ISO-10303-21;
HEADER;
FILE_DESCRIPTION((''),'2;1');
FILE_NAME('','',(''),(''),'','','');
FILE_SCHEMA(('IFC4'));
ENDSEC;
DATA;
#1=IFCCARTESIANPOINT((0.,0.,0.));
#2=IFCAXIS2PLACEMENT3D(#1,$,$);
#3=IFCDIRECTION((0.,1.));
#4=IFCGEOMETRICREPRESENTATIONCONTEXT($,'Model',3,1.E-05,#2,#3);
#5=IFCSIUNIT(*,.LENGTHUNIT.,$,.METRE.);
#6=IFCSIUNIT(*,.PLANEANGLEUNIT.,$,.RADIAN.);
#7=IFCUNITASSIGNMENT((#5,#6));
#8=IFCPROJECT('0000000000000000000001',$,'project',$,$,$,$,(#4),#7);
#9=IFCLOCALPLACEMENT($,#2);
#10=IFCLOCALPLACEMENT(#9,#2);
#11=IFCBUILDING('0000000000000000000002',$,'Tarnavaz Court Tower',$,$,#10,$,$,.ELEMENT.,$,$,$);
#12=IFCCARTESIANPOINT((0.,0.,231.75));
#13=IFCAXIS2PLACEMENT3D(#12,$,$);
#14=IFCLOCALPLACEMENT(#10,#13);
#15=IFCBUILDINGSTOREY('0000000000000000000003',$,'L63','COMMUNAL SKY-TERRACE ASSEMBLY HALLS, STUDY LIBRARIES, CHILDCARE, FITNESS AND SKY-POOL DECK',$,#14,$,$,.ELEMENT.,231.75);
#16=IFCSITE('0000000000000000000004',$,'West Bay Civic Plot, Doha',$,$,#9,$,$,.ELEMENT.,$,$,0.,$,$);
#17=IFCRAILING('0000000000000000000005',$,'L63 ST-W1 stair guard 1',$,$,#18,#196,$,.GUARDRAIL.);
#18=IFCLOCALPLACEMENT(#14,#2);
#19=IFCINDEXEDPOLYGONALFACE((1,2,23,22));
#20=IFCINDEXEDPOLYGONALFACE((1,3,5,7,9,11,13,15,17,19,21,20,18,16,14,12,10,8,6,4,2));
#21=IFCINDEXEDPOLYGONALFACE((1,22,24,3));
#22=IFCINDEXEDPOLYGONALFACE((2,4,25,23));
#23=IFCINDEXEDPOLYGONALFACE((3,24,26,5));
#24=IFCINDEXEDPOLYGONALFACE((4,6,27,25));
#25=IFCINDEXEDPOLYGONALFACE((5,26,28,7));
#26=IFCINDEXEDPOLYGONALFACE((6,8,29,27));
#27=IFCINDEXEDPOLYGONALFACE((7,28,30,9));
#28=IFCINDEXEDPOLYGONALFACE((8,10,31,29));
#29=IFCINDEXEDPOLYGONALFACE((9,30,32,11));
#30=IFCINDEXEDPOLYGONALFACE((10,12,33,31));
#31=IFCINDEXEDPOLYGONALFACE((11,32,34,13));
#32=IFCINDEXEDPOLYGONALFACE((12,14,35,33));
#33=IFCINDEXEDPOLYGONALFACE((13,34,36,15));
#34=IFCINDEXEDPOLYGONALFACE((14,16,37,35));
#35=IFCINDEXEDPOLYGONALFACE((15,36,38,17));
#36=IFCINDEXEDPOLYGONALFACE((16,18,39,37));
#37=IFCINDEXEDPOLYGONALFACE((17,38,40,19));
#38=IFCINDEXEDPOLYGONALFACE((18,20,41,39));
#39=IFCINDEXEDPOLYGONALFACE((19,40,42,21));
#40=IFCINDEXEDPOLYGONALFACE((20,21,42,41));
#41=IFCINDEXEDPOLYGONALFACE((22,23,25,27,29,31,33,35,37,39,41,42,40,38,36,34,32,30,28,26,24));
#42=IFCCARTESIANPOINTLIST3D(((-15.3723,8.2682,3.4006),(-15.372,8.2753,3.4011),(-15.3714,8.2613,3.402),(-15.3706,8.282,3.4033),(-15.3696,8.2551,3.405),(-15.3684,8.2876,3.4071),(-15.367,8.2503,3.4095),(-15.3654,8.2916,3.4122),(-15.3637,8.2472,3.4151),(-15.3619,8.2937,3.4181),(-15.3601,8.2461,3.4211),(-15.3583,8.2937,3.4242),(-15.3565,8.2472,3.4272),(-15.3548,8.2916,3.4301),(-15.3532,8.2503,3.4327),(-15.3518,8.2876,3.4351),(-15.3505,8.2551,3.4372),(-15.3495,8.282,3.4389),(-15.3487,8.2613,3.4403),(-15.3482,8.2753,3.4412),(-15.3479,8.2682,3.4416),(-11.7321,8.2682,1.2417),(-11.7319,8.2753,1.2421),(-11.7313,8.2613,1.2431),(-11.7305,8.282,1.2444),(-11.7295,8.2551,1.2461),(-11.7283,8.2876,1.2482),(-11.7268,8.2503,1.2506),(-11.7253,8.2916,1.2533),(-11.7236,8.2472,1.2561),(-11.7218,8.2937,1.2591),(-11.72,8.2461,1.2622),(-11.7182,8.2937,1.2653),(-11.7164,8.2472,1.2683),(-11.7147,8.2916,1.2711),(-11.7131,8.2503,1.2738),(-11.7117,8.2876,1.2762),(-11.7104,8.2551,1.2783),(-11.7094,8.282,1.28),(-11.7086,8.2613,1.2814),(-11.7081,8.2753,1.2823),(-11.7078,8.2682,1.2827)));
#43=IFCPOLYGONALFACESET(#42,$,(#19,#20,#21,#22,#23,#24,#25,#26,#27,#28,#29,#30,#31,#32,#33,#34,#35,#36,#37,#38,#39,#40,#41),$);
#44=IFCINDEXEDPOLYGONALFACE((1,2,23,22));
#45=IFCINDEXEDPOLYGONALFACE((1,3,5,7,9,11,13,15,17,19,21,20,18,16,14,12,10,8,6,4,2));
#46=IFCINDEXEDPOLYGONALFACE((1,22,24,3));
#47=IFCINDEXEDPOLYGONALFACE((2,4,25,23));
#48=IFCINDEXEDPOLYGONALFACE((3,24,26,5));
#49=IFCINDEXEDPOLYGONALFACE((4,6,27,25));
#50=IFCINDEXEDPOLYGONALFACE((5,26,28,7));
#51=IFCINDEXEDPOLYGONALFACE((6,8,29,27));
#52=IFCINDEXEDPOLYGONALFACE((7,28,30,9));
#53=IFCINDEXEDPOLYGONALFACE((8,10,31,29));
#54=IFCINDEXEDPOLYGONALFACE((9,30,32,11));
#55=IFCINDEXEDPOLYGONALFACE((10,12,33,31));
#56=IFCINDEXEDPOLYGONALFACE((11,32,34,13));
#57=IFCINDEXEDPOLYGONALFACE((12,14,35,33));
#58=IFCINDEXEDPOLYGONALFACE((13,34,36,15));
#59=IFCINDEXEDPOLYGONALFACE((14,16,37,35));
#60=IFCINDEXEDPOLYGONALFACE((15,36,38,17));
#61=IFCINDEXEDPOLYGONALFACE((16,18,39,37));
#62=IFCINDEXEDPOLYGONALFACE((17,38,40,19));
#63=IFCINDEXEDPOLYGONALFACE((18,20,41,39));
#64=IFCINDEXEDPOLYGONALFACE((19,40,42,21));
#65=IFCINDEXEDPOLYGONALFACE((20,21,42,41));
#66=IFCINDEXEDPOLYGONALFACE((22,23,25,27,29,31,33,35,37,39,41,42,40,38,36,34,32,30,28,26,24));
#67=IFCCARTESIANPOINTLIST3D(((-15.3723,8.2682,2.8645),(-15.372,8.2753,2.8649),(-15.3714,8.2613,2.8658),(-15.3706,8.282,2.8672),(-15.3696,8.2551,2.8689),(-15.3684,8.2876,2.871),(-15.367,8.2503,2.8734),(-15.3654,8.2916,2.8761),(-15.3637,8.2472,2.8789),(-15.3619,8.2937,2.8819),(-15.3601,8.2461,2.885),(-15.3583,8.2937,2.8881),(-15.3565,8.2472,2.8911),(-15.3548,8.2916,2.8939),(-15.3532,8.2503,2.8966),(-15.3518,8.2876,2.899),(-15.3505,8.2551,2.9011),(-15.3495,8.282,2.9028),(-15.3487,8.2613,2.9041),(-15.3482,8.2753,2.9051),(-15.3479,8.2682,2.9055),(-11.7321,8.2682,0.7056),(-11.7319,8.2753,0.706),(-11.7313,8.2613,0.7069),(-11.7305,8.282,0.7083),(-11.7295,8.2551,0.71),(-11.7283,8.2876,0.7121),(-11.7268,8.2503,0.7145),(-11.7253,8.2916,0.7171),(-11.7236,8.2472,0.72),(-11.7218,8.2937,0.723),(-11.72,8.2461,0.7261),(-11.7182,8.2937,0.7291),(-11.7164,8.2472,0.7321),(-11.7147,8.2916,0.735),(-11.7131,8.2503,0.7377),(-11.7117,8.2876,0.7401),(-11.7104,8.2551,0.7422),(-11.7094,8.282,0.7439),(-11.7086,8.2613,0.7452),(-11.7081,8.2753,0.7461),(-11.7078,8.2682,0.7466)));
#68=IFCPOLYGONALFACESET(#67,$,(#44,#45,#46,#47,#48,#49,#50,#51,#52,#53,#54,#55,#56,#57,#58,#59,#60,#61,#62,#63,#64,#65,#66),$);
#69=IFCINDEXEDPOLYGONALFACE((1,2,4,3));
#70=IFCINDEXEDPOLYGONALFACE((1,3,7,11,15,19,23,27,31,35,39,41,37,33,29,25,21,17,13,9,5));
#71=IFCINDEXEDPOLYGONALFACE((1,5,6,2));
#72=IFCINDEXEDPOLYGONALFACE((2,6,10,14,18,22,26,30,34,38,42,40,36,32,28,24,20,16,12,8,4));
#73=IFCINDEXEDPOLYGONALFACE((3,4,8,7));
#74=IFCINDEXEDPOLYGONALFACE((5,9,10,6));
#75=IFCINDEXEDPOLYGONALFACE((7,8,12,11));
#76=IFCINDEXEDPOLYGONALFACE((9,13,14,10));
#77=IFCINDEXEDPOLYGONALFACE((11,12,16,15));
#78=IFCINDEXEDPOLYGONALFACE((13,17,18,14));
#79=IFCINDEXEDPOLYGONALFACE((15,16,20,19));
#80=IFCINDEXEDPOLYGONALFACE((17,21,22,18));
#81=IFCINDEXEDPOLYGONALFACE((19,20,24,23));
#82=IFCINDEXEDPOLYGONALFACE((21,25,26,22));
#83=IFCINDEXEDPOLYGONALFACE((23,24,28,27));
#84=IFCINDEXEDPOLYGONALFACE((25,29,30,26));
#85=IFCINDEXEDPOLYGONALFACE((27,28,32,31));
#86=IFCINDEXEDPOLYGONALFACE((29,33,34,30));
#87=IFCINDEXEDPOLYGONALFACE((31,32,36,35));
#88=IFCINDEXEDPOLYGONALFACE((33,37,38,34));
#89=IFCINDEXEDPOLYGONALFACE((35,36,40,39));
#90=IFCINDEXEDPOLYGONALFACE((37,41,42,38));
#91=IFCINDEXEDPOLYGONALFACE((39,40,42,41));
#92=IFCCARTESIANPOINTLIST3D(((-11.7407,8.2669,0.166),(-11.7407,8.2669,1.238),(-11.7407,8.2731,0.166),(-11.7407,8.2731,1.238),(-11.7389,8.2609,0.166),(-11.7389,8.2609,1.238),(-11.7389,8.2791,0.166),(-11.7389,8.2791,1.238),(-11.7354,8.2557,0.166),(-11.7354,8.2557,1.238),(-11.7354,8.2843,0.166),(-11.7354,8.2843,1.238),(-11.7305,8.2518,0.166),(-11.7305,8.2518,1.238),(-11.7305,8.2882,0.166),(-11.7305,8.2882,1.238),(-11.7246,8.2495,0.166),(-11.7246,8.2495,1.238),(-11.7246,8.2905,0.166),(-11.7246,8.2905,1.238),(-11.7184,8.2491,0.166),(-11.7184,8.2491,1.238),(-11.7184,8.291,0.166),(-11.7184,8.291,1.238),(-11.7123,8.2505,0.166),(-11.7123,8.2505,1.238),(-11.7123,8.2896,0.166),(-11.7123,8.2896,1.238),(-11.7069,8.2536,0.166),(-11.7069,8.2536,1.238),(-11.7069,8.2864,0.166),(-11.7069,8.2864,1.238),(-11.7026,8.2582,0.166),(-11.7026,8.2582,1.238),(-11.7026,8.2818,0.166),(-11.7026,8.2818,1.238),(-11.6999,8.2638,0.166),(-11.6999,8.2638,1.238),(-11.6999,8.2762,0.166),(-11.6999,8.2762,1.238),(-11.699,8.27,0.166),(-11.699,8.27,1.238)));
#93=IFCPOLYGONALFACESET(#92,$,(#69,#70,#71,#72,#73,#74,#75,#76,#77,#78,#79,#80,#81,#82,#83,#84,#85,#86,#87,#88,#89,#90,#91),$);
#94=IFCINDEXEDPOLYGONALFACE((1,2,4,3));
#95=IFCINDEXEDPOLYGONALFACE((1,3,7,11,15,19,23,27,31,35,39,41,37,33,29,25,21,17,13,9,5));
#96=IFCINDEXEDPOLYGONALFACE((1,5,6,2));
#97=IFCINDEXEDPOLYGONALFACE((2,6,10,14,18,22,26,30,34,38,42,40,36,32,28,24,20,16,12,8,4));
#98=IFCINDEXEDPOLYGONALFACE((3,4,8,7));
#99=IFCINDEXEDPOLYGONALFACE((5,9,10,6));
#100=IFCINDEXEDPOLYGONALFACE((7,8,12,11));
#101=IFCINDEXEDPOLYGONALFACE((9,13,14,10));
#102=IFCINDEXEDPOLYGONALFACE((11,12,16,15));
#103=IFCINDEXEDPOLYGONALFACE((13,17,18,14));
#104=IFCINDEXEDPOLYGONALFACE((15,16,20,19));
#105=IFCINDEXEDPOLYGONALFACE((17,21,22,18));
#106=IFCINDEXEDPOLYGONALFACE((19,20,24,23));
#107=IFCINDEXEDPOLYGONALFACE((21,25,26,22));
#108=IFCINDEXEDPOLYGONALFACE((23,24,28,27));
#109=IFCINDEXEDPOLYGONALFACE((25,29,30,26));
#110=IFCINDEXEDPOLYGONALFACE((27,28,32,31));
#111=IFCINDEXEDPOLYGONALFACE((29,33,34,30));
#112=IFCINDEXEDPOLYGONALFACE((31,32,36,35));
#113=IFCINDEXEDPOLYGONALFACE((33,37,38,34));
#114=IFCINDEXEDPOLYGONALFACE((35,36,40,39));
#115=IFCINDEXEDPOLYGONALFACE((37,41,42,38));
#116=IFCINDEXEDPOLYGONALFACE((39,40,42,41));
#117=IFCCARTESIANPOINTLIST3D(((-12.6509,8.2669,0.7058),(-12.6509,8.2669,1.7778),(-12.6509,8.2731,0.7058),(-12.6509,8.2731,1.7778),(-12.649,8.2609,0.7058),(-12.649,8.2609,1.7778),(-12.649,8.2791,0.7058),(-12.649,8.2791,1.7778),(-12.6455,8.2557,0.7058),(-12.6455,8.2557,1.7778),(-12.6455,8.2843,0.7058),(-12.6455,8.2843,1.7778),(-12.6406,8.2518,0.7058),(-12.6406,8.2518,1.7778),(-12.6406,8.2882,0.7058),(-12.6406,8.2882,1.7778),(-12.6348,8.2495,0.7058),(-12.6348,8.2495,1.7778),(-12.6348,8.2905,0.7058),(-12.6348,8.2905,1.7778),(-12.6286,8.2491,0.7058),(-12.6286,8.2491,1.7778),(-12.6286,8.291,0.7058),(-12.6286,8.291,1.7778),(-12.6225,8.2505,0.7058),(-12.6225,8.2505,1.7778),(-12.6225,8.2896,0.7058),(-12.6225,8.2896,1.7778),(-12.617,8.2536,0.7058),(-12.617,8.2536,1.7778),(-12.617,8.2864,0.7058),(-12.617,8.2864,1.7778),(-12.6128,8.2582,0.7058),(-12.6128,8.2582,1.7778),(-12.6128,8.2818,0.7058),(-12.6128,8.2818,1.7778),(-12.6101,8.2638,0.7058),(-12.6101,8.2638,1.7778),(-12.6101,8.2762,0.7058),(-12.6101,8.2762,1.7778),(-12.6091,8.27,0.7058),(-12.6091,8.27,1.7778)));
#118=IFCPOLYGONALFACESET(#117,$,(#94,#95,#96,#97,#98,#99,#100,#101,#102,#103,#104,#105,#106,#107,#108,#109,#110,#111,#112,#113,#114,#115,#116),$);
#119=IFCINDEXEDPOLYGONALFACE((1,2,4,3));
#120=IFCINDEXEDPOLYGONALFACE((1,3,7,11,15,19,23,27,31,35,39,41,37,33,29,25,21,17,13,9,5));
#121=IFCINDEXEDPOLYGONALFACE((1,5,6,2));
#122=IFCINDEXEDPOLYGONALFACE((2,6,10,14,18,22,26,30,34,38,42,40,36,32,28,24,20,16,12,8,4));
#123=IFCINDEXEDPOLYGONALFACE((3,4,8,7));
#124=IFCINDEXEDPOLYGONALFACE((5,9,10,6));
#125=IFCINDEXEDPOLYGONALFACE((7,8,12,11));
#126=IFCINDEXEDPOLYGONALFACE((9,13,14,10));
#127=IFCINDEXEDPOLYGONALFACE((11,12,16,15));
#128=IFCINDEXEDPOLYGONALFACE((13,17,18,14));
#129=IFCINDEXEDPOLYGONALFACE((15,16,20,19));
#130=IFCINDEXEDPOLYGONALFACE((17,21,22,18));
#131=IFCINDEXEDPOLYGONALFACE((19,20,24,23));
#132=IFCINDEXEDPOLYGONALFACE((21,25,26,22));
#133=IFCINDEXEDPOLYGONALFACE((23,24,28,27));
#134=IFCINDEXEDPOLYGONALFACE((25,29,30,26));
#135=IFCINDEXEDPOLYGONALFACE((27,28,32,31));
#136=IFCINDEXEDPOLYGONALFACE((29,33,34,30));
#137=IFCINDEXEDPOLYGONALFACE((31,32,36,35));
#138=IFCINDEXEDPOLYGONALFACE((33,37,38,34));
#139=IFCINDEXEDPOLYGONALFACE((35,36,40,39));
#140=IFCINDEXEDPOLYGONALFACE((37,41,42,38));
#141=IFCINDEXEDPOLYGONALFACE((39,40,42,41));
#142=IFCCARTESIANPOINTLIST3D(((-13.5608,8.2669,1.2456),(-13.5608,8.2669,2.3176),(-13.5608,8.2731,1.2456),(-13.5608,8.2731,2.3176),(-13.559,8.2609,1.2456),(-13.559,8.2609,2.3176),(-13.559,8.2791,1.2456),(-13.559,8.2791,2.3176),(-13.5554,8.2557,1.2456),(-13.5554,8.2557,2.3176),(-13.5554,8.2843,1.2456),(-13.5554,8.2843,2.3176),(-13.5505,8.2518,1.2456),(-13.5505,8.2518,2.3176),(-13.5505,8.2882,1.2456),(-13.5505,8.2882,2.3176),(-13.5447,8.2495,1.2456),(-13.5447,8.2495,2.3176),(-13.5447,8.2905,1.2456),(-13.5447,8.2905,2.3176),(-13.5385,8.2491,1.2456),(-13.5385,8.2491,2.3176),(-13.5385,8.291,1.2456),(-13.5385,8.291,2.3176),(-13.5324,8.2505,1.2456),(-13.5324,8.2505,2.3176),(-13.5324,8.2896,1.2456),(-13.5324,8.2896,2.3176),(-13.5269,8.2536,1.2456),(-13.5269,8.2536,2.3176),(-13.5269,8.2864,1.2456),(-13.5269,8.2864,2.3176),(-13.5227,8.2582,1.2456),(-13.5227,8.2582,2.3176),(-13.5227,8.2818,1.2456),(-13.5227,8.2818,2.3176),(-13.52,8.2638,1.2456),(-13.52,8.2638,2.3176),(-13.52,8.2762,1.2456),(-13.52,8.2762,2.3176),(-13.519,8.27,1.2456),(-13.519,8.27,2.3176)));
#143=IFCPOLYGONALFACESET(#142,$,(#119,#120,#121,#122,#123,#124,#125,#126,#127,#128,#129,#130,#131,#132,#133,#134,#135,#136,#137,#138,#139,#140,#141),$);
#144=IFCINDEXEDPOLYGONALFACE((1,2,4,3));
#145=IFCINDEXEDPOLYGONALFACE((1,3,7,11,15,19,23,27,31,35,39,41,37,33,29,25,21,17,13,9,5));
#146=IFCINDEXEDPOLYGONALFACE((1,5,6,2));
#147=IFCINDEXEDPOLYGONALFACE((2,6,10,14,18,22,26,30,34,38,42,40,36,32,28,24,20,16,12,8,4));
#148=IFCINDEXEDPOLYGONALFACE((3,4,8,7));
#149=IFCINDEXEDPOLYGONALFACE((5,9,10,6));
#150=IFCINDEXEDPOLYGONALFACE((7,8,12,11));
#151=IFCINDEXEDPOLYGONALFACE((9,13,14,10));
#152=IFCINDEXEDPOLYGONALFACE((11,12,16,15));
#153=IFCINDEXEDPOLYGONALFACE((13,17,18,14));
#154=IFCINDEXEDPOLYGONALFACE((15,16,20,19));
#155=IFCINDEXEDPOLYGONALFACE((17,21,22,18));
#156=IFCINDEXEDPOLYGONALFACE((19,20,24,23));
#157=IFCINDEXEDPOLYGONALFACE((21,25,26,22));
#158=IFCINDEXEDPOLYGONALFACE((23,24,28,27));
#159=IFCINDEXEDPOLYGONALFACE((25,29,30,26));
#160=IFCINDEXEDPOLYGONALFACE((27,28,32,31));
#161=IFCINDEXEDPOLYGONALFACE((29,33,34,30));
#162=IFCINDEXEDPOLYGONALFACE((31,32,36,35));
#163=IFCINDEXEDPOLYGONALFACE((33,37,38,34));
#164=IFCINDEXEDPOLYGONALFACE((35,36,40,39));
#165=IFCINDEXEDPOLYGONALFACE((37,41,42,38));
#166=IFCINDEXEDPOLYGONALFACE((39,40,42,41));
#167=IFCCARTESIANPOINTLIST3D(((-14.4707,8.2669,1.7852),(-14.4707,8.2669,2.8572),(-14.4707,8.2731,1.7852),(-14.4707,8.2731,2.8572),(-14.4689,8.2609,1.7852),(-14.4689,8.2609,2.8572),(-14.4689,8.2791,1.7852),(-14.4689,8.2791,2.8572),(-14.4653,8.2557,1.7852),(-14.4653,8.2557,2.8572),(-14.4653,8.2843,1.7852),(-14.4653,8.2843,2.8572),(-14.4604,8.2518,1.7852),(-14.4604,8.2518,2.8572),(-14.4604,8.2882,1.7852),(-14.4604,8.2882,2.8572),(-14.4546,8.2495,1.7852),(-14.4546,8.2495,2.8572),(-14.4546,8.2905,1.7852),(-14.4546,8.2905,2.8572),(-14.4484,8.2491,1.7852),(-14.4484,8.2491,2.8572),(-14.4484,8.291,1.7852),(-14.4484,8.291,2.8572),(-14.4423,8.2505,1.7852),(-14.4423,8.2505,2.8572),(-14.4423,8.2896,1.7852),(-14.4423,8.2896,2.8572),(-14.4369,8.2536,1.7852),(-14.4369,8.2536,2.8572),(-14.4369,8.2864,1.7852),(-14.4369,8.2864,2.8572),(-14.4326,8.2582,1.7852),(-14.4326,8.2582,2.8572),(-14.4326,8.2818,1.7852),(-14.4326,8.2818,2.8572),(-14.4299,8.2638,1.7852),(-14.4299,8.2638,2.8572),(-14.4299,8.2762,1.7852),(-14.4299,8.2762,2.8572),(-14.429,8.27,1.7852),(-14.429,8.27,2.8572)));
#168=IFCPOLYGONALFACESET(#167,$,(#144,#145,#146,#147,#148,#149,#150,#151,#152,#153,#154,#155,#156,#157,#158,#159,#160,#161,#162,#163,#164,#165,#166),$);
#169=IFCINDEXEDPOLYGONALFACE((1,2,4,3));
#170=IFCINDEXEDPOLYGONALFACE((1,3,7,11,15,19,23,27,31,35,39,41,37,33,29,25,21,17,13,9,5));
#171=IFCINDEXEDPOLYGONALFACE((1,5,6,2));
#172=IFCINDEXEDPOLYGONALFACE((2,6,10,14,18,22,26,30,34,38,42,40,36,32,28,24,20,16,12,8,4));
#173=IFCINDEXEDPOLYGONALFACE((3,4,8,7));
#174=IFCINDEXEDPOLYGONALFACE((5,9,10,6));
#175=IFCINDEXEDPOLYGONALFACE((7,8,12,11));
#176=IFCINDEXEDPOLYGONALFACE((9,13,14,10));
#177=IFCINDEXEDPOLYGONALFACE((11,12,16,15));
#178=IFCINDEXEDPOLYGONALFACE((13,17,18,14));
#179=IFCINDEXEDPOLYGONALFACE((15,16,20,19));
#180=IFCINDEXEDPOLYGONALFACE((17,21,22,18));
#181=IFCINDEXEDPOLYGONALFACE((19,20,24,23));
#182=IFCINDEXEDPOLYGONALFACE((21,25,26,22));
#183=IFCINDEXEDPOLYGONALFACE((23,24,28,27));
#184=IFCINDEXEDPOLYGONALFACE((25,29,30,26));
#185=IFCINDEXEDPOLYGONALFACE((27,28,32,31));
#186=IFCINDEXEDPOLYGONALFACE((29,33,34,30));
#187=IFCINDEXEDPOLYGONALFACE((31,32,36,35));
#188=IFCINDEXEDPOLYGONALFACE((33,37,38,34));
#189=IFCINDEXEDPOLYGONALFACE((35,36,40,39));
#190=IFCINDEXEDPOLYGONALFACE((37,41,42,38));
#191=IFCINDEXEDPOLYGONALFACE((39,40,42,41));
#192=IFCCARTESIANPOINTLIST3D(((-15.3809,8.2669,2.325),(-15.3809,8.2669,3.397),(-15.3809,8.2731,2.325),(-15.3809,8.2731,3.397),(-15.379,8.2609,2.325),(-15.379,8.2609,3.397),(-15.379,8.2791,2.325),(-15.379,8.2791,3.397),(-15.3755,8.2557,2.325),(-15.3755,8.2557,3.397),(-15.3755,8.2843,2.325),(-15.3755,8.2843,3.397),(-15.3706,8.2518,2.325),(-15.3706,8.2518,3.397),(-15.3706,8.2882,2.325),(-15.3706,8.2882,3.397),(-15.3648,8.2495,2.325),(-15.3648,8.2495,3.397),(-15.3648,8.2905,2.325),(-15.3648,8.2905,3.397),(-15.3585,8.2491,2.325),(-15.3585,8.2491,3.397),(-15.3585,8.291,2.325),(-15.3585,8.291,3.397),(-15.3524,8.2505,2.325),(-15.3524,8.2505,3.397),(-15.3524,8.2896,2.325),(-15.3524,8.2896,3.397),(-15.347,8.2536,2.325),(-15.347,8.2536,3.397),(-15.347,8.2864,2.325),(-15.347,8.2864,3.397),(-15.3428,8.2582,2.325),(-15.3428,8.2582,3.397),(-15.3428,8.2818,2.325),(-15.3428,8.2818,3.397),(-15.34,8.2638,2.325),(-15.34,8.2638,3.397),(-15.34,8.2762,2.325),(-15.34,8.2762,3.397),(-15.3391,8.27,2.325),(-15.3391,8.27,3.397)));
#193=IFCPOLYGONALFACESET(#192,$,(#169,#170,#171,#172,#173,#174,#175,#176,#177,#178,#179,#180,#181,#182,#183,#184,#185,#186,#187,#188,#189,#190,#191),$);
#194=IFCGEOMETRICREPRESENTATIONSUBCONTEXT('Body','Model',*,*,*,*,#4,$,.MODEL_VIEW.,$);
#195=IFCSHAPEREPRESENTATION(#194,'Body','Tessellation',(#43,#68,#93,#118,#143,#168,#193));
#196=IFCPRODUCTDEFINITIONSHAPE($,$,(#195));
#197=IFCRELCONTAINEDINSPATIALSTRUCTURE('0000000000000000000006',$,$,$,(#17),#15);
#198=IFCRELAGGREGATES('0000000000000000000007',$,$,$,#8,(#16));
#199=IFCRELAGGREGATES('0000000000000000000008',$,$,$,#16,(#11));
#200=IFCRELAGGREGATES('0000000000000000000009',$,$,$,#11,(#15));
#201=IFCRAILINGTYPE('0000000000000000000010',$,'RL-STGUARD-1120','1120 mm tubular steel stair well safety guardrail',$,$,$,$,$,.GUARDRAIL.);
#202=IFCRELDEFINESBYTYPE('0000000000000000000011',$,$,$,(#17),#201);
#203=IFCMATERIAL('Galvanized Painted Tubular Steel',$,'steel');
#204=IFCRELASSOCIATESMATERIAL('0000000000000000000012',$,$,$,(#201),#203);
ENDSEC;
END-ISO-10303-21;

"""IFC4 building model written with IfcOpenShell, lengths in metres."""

from ifc_helpers import new_model, si_unit, direction, frame, origin, origin_2d, place, context, subcontext, project, spatial, circle, extrude, material, type_object, element, save


model = new_model("IFC4")

# Units and contexts
model_context = context("Model", 3, precision=1e-05, world=origin(), true_north=direction((0.0, 1.0)))
body_context = subcontext(model_context, "Body", "Model", "MODEL_VIEW")
ifc_project = project(units=[si_unit("LENGTHUNIT", "METRE"), si_unit("PLANEANGLEUNIT", "RADIAN")], contexts=[model_context])

# Site, building, storey
site_placement = place(None, origin())
site = spatial("IfcSite", under=ifc_project, at=site_placement, Name="West Bay Civic Plot, Doha", CompositionType="ELEMENT", RefElevation=0.0)
building_placement = place(site_placement, origin())
building = spatial("IfcBuilding", under=site, at=building_placement, Name="Tarnavaz Court Tower", CompositionType="ELEMENT")
storey_placement = place(building_placement, frame((0.0, 0.0, 231.75)))
storey = spatial("IfcBuildingStorey", under=building, at=storey_placement, Name="L63", Description="COMMUNAL SKY-TERRACE ASSEMBLY HALLS, STUDY LIBRARIES, CHILDCARE, FITNESS AND SKY-POOL DECK", CompositionType="ELEMENT", Elevation=231.75)

# Railing
ifc_material_1 = material(Name="Galvanized Painted Tubular Steel", Category="steel")
railing_type_1 = type_object("IfcRailingType", Name="RL-STGUARD-1120", Description="1120 mm tubular steel stair well safety guardrail", PredefinedType="GUARDRAIL", material=ifc_material_1)
railing_1_placement = place(storey_placement, frame((-11.72, 8.27, 0.166)))
element("IfcRailing", 1, at=railing_1_placement, inside=storey, type_object=railing_type_1, Name="L63 ST-W1 stair guard 1", PredefinedType="GUARDRAIL", context=body_context, shape_type="SweptSolid", body=[
    extrude(circle(Radius=0.0239, at=origin_2d()), frame((0.0, 0.0, 1.0962), z_axis=(-0.860103, 0.0, 0.51012), x_axis=(0.0, -1.0, 0.0)), (0.0, 0.0, 1.0), 4.2322),
    extrude(circle(Radius=0.0239, at=origin_2d()), frame((0.0, 0.0, 0.5601), z_axis=(-0.860103, 0.0, 0.51012), x_axis=(0.0, -1.0, 0.0)), (0.0, 0.0, 1.0), 4.2322),
    extrude(circle(Radius=0.021, at=origin_2d()), origin(), (0.0, 0.0, 1.0), 1.072),
    extrude(circle(Radius=0.021, at=origin_2d()), frame((-0.9102, 0.0, 0.5398)), (0.0, 0.0, 1.0), 1.072),
    extrude(circle(Radius=0.021, at=origin_2d()), frame((-1.8201, 0.0, 1.0796)), (0.0, 0.0, 1.0), 1.072),
    extrude(circle(Radius=0.021, at=origin_2d()), frame((-2.73, 0.0, 1.6191)), (0.0, 0.0, 1.0), 1.072),
    extrude(circle(Radius=0.021, at=origin_2d()), frame((-3.6401, 0.0, 2.1589)), (0.0, 0.0, 1.0), 1.072),
])

save(model, "model.ifc")
